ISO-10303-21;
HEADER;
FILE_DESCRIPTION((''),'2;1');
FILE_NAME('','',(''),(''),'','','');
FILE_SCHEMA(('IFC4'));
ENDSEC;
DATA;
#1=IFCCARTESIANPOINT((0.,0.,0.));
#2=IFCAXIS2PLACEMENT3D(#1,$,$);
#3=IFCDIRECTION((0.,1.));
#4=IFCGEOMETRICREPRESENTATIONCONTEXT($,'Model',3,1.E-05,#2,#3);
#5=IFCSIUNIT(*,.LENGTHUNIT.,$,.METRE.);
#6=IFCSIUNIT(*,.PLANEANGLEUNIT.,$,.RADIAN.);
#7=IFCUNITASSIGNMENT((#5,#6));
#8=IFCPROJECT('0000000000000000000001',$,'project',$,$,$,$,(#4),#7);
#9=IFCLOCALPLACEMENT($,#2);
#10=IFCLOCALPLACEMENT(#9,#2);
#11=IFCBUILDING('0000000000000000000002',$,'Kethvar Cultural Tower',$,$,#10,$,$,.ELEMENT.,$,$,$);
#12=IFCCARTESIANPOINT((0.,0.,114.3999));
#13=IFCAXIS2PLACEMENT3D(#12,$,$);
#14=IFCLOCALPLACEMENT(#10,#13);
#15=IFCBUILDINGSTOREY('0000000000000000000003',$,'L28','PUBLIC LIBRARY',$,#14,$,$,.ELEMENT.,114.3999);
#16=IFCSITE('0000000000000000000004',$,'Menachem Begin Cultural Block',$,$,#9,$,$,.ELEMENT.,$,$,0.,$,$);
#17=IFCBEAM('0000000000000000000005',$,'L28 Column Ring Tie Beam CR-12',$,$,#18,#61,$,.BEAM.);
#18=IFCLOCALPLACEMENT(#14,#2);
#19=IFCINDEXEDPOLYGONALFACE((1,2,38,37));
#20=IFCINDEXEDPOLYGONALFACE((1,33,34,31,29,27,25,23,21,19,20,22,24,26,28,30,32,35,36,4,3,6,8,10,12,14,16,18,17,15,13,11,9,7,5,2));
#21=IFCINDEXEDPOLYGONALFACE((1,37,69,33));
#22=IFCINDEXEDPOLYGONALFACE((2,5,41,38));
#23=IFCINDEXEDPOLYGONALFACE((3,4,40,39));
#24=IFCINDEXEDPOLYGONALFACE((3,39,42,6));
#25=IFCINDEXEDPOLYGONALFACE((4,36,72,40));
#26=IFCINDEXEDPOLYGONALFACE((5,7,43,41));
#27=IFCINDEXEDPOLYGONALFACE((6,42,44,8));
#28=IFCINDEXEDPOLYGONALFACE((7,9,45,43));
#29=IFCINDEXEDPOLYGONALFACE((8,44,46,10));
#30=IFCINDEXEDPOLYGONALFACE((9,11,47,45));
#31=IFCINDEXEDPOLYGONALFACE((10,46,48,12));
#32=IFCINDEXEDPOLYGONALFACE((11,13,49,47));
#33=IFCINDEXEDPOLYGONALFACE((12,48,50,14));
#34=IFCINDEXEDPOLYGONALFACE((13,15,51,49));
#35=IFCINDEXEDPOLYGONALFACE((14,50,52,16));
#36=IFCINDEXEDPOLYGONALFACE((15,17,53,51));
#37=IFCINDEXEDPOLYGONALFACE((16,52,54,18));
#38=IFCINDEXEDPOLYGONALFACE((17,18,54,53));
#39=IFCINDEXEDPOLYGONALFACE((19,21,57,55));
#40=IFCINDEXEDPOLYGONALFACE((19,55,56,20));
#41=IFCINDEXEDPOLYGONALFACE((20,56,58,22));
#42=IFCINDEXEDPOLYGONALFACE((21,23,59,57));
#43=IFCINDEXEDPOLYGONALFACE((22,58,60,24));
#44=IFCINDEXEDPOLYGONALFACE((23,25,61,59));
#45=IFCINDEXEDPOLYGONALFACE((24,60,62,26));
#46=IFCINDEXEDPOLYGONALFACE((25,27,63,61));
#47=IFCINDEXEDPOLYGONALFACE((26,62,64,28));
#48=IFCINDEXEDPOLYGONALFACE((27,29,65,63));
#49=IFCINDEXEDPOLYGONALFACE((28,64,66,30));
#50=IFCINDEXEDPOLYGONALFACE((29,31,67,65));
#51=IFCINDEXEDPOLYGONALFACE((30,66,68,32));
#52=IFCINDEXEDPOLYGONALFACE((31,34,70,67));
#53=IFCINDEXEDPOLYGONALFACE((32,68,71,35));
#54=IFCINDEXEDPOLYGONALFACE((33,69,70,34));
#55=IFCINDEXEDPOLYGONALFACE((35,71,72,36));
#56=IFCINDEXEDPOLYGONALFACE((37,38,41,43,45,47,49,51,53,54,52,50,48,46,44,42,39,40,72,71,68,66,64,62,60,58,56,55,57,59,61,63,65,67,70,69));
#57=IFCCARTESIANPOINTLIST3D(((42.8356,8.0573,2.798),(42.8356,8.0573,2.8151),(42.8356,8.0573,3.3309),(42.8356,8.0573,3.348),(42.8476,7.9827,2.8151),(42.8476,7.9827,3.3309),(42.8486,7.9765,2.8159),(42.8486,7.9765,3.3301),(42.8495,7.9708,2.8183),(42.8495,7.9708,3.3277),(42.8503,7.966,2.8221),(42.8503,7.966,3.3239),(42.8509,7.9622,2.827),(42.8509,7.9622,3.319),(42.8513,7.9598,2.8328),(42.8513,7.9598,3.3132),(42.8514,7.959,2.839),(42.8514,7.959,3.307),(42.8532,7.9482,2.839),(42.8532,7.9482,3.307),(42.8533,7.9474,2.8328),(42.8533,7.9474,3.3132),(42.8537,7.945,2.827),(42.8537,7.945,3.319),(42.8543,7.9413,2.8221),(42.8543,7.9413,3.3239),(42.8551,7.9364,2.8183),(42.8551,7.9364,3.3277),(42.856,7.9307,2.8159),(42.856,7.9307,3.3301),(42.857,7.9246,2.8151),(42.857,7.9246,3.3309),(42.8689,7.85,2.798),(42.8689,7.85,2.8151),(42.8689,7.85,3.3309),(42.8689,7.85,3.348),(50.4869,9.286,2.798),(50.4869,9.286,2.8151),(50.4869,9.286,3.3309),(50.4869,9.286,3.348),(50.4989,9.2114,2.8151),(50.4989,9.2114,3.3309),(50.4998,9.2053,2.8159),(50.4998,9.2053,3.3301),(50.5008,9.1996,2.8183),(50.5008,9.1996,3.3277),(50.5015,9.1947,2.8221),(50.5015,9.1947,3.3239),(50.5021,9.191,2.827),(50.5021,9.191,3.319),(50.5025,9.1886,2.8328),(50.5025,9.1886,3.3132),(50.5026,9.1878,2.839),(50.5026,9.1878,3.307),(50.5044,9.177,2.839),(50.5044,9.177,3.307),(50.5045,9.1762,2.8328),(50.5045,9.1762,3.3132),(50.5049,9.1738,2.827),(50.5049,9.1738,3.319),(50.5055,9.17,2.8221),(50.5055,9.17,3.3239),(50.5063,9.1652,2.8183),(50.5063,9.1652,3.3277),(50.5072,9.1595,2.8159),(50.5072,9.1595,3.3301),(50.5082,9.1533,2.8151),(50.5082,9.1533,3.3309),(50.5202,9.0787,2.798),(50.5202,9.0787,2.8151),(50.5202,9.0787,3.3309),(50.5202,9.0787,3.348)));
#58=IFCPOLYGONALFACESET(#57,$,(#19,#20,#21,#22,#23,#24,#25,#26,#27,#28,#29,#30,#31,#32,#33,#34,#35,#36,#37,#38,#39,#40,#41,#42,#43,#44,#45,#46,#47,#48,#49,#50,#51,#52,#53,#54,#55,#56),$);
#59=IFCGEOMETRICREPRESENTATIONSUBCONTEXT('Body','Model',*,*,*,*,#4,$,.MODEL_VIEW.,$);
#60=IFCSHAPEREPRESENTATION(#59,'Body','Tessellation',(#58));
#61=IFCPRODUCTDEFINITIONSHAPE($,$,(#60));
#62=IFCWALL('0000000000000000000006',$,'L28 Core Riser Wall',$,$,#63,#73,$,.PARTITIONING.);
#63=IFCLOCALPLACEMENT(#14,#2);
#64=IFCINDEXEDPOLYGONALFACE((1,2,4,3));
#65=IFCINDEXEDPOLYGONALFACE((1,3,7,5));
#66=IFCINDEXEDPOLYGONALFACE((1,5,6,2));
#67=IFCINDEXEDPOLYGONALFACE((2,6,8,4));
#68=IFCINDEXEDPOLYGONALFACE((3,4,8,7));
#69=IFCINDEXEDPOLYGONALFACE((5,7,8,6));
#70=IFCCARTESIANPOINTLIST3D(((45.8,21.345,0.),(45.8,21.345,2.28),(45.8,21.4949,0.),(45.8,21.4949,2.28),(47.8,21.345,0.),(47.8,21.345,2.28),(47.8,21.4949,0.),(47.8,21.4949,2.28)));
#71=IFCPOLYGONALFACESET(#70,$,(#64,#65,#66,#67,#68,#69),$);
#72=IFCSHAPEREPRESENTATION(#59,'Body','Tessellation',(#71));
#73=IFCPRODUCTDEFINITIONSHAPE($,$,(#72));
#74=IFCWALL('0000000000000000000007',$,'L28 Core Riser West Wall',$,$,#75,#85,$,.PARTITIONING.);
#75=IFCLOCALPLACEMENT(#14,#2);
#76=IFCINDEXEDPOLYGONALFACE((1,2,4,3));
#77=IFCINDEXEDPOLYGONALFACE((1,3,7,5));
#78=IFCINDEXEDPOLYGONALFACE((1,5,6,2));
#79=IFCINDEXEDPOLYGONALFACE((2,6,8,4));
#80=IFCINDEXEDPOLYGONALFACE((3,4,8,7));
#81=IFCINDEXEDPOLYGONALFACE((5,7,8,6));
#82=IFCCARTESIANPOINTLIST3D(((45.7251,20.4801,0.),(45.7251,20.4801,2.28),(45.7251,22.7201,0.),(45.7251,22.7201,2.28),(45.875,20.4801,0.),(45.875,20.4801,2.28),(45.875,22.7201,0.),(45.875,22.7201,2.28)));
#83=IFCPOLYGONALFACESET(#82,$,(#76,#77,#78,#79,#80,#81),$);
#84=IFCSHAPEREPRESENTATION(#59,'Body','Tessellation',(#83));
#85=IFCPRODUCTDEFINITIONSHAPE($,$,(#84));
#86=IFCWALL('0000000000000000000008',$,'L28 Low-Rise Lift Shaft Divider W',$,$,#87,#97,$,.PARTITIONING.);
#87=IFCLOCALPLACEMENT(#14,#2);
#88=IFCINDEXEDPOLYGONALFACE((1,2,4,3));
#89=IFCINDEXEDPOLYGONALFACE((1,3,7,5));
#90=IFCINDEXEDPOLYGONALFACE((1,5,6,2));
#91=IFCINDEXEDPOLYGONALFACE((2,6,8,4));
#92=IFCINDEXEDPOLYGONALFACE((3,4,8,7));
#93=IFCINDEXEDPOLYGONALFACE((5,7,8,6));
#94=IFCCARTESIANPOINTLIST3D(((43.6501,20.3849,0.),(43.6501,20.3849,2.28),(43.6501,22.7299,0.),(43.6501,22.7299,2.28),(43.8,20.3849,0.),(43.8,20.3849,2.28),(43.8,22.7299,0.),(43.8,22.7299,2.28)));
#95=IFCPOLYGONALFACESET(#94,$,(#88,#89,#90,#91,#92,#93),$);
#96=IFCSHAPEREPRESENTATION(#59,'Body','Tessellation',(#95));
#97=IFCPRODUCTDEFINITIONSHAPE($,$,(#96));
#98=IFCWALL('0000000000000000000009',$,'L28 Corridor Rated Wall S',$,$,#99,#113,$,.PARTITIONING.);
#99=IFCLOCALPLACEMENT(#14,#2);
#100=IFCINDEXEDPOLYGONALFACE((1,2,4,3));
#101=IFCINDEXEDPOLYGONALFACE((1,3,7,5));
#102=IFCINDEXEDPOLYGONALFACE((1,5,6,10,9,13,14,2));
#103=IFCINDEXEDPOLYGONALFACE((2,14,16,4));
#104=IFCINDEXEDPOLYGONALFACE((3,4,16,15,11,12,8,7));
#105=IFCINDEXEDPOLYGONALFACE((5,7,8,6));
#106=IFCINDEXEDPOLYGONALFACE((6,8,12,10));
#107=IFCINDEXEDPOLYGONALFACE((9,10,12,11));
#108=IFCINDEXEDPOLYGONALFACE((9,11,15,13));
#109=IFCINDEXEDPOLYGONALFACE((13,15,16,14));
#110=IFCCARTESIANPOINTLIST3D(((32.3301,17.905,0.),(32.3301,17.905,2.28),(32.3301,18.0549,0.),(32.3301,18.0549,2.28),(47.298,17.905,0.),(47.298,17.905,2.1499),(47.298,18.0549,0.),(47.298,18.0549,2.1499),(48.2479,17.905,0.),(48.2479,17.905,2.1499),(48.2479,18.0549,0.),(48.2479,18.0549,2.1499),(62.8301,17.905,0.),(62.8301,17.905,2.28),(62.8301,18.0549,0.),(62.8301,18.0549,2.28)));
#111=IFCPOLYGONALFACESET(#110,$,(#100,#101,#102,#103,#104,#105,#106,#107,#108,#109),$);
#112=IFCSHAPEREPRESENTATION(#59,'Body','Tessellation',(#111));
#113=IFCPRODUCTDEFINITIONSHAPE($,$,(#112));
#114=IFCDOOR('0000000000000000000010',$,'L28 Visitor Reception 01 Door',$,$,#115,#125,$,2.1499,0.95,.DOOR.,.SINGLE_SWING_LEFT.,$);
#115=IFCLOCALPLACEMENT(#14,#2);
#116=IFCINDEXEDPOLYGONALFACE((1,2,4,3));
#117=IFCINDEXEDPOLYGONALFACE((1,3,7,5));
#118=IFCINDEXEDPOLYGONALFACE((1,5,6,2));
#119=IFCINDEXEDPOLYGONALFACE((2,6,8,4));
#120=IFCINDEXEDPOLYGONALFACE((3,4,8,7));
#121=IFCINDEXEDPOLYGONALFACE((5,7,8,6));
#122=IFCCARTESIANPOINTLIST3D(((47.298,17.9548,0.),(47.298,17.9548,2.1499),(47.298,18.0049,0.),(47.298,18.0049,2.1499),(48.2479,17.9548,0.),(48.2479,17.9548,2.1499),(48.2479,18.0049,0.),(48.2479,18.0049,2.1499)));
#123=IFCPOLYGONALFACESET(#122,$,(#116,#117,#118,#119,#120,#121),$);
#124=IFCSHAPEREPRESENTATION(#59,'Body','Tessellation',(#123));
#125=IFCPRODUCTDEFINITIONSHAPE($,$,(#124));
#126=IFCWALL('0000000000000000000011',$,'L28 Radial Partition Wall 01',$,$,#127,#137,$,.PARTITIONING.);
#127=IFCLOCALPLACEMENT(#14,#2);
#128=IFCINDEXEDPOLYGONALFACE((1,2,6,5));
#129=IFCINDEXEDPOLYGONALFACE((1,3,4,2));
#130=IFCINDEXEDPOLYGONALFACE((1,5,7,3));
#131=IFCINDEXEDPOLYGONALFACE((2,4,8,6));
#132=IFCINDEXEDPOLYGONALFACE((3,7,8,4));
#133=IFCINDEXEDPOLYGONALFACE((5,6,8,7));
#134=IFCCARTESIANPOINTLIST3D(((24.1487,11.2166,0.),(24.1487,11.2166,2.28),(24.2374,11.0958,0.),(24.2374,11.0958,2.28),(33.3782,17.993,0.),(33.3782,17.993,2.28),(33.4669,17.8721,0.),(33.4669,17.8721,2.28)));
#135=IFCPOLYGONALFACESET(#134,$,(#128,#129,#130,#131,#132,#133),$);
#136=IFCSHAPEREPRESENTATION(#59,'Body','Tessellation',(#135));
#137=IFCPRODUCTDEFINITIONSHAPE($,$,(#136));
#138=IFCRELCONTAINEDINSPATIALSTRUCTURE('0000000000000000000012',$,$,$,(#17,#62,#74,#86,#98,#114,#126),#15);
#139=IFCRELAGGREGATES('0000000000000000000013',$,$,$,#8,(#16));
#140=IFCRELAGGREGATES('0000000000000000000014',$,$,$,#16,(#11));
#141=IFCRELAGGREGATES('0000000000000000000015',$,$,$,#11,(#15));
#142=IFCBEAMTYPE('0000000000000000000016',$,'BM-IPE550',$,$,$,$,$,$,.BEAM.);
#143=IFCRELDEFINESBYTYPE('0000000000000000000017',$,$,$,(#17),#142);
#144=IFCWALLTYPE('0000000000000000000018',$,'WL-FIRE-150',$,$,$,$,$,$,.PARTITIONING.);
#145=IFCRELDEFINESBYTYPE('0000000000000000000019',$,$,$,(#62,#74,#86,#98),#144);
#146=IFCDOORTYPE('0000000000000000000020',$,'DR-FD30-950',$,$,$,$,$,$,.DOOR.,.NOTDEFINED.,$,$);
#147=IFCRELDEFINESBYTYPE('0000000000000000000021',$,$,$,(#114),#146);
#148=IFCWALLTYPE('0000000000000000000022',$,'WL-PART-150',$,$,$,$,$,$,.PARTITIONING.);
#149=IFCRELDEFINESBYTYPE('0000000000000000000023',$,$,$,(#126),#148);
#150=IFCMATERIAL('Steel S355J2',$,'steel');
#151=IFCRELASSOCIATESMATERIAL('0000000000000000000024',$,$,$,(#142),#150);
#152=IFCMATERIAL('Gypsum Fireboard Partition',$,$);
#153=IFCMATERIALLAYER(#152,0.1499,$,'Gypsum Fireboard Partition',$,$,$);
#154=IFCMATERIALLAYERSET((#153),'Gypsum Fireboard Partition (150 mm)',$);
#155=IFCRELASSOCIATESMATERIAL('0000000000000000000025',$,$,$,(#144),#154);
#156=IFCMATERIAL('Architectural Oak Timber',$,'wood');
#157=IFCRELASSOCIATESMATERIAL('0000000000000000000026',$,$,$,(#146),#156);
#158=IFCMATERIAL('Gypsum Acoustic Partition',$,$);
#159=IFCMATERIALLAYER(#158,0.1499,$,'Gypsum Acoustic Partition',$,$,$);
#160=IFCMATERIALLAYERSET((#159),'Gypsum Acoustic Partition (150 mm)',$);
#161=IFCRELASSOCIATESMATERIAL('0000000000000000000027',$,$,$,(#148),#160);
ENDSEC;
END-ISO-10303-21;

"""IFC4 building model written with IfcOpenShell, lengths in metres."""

from ifc_helpers import new_model, si_unit, direction, frame, frame_2d, origin, origin_2d, place, context, subcontext, project, spatial, rectangle, i_section, extrude, source, transform, mapped, material, layer, layer_set, material_profile, profile_set, type_object, element, fill, save


model = new_model("IFC4")

# Units and contexts
model_context = context("Model", 3, precision=1e-05, world=origin(), true_north=direction((0.0, 1.0)))
body_context = subcontext(model_context, "Body", "Model", "MODEL_VIEW")
ifc_project = project(units=[si_unit("LENGTHUNIT", "METRE"), si_unit("PLANEANGLEUNIT", "RADIAN")], contexts=[model_context])

# Site, building, storey
site_placement = place(None, origin())
site = spatial("IfcSite", under=ifc_project, at=site_placement, Name="Menachem Begin Cultural Block", CompositionType="ELEMENT", RefElevation=0.0)
building_placement = place(site_placement, origin())
building = spatial("IfcBuilding", under=site, at=building_placement, Name="Kethvar Cultural Tower", CompositionType="ELEMENT")
storey_placement = place(building_placement, frame((0.0, 0.0, 114.3999)))
storey = spatial("IfcBuildingStorey", under=building, at=storey_placement, Name="L28", Description="PUBLIC LIBRARY", CompositionType="ELEMENT", Elevation=114.3999)

# Beam
ifc_material_1 = material(Name="Steel S355J2", Category="steel")
ifc_material_profile_1 = material_profile(ifc_material_1, i_section(OverallWidth=0.21, OverallDepth=0.55, WebThickness=0.011, FlangeThickness=0.0171, FilletRadius=0.0239, at=origin_2d()), Name="Steel S355J2 — IPE550")
ifc_profile_set_1 = profile_set([ifc_material_profile_1], Name="Steel S355J2 — IPE550")
beam_type_1 = type_object("IfcBeamType", Name="BM-IPE550", PredefinedType="BEAM", material=ifc_profile_set_1)
shared_shape_1 = source(origin(), body_context, "Body", "SweptSolid", [
    extrude(i_section(OverallWidth=0.21, OverallDepth=0.55, WebThickness=0.011, FlangeThickness=0.0171, FilletRadius=0.0239, at=origin_2d()), origin(), (0.0, 0.0, 1.0), 7.7493),
])
beam_1_placement = place(storey_placement, frame((42.8523, 7.9536, 3.073), z_axis=(0.987348, 0.158567, 0.0), x_axis=(-0.158567, 0.987348, 0.0)))
element("IfcBeam", 1, at=beam_1_placement, inside=storey, type_object=beam_type_1, Name="L28 Column Ring Tie Beam CR-12", PredefinedType="BEAM", context=body_context, shape_type="MappedRepresentation", body=[
    mapped(shared_shape_1, transform((0.0, 0.0, 0.0), scale=1.0)),
])

# Walls
ifc_material_2 = material(Name="Gypsum Fireboard Partition")
ifc_layer_1 = layer(ifc_material_2, 0.1499, Name="Gypsum Fireboard Partition")
ifc_layer_set_1 = layer_set([ifc_layer_1], Name="Gypsum Fireboard Partition (150 mm)")
wall_type_1 = type_object("IfcWallType", Name="WL-FIRE-150", PredefinedType="PARTITIONING", material=ifc_layer_set_1)
wall_1_placement = place(storey_placement, frame((45.8, 21.4199, 0.0), z_axis=(0.0, 0.0, 1.0), x_axis=(1.0, 0.0, 0.0)))
element("IfcWall", 2, at=wall_1_placement, inside=storey, type_object=wall_type_1, Name="L28 Core Riser Wall", PredefinedType="PARTITIONING", context=body_context, shape_type="SweptSolid", body=[
    extrude(rectangle(XDim=2.0, YDim=0.1499, at=frame_2d((1.0, 0.0))), origin(), (0.0, 0.0, 1.0), 2.28),
])
wall_2_placement = place(storey_placement, frame((45.8, 20.48, 0.0), z_axis=(0.0, 0.0, 1.0), x_axis=(0.0, 1.0, 0.0)))
element("IfcWall", 3, at=wall_2_placement, inside=storey, type_object=wall_type_1, Name="L28 Core Riser West Wall", PredefinedType="PARTITIONING", context=body_context, shape_type="SweptSolid", body=[
    extrude(rectangle(XDim=2.24, YDim=0.1499, at=frame_2d((1.1201, 0.0))), origin(), (0.0, 0.0, 1.0), 2.28),
])
wall_3_placement = place(storey_placement, frame((43.7251, 20.385, 0.0), z_axis=(0.0, 0.0, 1.0), x_axis=(0.0, 1.0, 0.0)))
element("IfcWall", 4, at=wall_3_placement, inside=storey, type_object=wall_type_1, Name="L28 Low-Rise Lift Shaft Divider W", PredefinedType="PARTITIONING", context=body_context, shape_type="SweptSolid", body=[
    extrude(rectangle(XDim=2.345, YDim=0.1499, at=frame_2d((1.1724, 0.0))), origin(), (0.0, 0.0, 1.0), 2.28),
])

# Wall, opening, door
wall_4_placement = place(storey_placement, frame((32.3301, 17.98, 0.0), z_axis=(0.0, 0.0, 1.0), x_axis=(1.0, 0.0, 0.0)))
wall_4 = element("IfcWall", 5, at=wall_4_placement, inside=storey, type_object=wall_type_1, Name="L28 Corridor Rated Wall S", PredefinedType="PARTITIONING", context=body_context, shape_type="SweptSolid", body=[
    extrude(rectangle(XDim=30.5, YDim=0.1499, at=frame_2d((15.25, 0.0))), origin(), (0.0, 0.0, 1.0), 2.28),
])
opening_1_placement = place(wall_4_placement, frame((14.9678, 0.0, 0.0)))
opening_1 = element("IfcOpeningElement", 6, at=opening_1_placement, cuts=wall_4, PredefinedType="OPENING", context=body_context, shape_type="SweptSolid", body=[
    extrude(rectangle(XDim=0.95, YDim=2.1499, at=frame_2d((0.4751, 1.075))), frame((0.0, 0.085, 0.0), z_axis=(0.0, -1.0, 0.0), x_axis=(1.0, 0.0, 0.0)), (0.0, 0.0, 1.0), 0.1699),
])
ifc_material_3 = material(Name="Architectural Oak Timber", Category="wood")
door_type_1 = type_object("IfcDoorType", Name="DR-FD30-950", OperationType="NOTDEFINED", PredefinedType="DOOR", material=ifc_material_3)
shared_shape_2 = source(origin(), body_context, "Body", "SweptSolid", [
    extrude(rectangle(XDim=0.95, YDim=2.1499, at=frame_2d((0.4751, 1.075))), frame((0.0, 0.0249, 0.0), z_axis=(0.0, -1.0, 0.0), x_axis=(1.0, 0.0, 0.0)), (0.0, 0.0, 1.0), 0.05),
])
door_1_placement = place(opening_1_placement, origin())
door_1 = element("IfcDoor", 7, at=door_1_placement, inside=storey, type_object=door_type_1, Name="L28 Visitor Reception 01 Door", OperationType="SINGLE_SWING_LEFT", OverallHeight=2.1499, OverallWidth=0.95, PredefinedType="DOOR", context=body_context, shape_type="MappedRepresentation", body=[
    mapped(shared_shape_2, transform((0.0, 0.0, 0.0), scale=1.0)),
])
fill(opening_1, door_1)

# Wall
ifc_material_4 = material(Name="Gypsum Acoustic Partition")
ifc_layer_2 = layer(ifc_material_4, 0.1499, Name="Gypsum Acoustic Partition")
ifc_layer_set_2 = layer_set([ifc_layer_2], Name="Gypsum Acoustic Partition (150 mm)")
wall_type_2 = type_object("IfcWallType", Name="WL-PART-150", PredefinedType="PARTITIONING", material=ifc_layer_set_2)
wall_5_placement = place(storey_placement, frame((33.4226, 17.9326, 0.0), z_axis=(0.0, 0.0, 1.0), x_axis=(-0.806069, -0.591822, 0.0)))
element("IfcWall", 8, at=wall_5_placement, inside=storey, type_object=wall_type_2, Name="L28 Radial Partition Wall 01", PredefinedType="PARTITIONING", context=body_context, shape_type="SweptSolid", body=[
    extrude(rectangle(XDim=11.45, YDim=0.1499, at=frame_2d((5.7251, 0.0))), origin(), (0.0, 0.0, 1.0), 2.28),
])

save(model, "model.ifc")
